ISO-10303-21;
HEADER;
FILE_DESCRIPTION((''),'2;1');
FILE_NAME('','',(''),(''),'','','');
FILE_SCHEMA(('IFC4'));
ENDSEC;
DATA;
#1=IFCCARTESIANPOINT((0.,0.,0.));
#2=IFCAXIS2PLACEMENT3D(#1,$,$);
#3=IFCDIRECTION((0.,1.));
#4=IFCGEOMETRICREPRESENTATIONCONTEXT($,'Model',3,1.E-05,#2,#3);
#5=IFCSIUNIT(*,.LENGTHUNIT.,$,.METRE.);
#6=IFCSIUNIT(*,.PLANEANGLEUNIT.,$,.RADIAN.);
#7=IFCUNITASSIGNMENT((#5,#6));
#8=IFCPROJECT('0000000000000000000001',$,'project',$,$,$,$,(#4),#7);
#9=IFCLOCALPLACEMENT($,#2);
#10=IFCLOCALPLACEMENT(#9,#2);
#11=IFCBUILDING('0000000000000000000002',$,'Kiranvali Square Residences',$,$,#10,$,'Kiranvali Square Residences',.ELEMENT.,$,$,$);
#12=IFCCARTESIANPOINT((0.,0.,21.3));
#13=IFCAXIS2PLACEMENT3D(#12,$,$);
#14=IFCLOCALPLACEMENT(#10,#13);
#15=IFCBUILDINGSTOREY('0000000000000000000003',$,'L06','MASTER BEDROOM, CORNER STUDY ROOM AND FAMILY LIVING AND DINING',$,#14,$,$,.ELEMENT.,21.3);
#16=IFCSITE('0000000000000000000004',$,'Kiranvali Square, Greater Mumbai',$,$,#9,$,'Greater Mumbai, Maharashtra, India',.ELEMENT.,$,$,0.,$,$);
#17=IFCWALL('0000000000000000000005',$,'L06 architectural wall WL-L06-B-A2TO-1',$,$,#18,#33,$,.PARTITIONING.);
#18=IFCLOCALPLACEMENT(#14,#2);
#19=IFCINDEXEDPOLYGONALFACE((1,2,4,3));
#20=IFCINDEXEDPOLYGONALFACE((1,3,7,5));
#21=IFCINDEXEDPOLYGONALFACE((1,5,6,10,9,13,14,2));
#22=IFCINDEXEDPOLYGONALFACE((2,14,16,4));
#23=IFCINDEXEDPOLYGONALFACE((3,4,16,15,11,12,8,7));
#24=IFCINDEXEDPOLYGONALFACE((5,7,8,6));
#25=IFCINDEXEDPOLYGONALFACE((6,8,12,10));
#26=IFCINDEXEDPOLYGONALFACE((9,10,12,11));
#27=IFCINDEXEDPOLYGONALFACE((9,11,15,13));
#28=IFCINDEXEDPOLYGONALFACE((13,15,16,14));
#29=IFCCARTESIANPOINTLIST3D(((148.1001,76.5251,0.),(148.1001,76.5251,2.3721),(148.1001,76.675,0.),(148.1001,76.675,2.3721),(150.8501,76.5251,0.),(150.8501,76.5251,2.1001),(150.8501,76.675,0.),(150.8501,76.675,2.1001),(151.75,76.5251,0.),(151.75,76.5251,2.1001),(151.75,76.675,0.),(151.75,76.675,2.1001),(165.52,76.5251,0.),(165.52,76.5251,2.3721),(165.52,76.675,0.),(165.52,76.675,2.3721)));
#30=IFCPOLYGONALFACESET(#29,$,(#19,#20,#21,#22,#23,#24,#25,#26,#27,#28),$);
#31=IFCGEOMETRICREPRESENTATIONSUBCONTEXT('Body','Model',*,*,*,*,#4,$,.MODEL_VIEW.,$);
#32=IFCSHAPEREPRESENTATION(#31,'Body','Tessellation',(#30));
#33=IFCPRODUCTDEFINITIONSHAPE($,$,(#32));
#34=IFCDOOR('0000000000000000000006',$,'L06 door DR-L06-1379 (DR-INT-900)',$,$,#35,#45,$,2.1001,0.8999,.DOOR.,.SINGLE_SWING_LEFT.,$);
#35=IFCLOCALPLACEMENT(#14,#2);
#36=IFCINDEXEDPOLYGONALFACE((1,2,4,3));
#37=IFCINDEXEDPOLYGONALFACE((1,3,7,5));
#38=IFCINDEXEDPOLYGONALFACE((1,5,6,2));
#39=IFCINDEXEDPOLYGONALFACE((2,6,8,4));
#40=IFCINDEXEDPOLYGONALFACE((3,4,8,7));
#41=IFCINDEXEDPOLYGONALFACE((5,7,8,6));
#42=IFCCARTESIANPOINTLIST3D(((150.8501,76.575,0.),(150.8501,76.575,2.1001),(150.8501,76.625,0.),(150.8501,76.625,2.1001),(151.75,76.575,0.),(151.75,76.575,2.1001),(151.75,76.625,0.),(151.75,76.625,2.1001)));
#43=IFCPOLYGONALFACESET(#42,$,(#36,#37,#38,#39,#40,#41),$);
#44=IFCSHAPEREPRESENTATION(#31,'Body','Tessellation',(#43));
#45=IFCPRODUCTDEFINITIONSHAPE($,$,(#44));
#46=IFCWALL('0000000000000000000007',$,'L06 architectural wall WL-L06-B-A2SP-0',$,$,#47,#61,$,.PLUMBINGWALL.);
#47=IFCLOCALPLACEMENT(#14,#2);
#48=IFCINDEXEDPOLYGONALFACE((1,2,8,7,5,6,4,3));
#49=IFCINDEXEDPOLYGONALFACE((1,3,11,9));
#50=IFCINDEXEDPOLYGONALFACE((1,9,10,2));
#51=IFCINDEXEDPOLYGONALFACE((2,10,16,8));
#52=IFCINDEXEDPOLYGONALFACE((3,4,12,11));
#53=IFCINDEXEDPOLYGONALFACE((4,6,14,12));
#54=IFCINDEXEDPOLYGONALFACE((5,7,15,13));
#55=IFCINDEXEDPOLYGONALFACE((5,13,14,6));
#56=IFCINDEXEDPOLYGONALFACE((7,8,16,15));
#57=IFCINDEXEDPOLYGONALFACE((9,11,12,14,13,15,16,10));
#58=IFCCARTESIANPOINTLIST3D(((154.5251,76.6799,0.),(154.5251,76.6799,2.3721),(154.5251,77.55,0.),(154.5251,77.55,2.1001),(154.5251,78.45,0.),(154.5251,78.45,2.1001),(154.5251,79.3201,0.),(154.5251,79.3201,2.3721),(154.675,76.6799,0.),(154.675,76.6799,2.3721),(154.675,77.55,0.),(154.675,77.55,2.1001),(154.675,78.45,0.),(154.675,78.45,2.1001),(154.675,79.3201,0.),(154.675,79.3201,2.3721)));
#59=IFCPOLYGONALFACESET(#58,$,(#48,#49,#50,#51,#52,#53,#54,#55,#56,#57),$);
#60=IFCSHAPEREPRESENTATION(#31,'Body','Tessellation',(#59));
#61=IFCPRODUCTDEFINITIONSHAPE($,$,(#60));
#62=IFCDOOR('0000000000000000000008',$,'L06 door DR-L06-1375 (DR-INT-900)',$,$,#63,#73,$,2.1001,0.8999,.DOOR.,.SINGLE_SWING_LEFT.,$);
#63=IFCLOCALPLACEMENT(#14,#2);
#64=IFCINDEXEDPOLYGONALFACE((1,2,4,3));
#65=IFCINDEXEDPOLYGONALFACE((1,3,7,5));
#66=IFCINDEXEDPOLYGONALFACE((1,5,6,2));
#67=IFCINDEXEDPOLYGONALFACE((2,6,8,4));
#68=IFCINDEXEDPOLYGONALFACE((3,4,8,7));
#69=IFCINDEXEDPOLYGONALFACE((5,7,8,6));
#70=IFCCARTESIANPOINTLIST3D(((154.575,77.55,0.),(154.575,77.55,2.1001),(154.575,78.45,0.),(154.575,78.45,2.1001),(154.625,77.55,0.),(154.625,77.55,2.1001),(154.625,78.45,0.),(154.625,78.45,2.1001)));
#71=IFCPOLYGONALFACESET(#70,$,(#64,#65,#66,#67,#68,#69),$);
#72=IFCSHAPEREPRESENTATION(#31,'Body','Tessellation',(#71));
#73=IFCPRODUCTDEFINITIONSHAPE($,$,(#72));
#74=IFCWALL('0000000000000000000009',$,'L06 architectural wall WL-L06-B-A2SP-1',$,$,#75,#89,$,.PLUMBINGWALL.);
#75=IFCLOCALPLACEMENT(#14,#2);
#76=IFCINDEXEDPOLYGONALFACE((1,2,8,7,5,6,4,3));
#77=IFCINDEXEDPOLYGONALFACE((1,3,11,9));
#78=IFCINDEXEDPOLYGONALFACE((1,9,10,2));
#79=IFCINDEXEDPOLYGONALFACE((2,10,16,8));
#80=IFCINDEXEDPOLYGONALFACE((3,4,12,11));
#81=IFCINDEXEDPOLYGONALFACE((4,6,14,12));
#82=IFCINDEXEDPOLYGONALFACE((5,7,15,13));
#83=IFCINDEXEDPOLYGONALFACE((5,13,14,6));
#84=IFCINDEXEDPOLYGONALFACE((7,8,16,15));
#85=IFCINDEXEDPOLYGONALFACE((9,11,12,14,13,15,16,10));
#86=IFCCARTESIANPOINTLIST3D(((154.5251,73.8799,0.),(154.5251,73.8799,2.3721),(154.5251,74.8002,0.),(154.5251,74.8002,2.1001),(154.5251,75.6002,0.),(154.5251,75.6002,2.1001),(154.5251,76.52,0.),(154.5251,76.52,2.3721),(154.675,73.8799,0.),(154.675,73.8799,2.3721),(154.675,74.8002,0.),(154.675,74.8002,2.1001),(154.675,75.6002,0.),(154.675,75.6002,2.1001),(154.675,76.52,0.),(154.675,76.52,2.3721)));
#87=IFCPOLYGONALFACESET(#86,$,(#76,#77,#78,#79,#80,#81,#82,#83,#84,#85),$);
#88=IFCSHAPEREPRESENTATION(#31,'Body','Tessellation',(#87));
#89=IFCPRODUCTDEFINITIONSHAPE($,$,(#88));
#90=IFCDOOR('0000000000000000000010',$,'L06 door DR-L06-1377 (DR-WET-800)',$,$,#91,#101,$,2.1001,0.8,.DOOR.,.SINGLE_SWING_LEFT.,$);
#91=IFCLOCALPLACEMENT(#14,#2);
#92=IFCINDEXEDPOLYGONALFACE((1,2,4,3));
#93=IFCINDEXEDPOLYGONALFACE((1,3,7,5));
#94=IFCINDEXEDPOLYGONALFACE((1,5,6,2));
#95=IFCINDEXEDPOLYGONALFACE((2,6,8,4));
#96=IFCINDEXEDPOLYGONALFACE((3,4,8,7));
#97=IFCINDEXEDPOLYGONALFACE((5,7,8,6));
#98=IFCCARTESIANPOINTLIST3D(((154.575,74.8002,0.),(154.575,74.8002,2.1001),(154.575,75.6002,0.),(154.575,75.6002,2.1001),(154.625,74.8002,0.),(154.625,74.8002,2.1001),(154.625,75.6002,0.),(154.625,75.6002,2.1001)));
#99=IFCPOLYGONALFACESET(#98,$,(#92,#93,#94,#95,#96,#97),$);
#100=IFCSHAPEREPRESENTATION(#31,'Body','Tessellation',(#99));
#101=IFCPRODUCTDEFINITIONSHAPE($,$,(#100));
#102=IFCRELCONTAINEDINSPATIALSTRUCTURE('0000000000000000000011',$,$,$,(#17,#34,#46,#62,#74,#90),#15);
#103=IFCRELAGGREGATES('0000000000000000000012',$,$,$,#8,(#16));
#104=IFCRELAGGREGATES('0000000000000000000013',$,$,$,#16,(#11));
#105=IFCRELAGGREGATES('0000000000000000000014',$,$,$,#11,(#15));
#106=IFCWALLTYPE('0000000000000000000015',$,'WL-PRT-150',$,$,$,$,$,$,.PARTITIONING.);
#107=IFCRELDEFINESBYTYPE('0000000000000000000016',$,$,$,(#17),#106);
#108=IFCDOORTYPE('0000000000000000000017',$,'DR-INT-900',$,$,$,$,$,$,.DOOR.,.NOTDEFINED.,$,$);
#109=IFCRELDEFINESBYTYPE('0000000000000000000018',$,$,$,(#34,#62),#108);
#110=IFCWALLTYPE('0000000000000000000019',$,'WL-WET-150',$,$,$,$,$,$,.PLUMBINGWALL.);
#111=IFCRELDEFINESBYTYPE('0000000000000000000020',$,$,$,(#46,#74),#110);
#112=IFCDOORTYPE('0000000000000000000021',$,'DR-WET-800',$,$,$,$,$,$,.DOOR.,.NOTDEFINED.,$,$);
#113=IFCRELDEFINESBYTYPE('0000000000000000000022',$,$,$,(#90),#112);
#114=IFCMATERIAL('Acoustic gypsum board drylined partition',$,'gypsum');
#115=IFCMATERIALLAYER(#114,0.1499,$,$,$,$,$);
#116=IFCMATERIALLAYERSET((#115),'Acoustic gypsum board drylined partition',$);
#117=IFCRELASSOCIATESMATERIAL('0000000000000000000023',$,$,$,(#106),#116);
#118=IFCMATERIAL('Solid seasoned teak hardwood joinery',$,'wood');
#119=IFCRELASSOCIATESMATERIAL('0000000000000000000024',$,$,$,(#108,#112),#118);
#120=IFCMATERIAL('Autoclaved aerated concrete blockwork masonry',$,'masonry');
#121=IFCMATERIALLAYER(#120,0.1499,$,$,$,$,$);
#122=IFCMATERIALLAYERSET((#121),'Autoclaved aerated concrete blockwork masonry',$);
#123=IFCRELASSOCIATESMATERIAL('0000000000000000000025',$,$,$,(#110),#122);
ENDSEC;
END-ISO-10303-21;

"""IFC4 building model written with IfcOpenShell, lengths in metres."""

from ifc_helpers import new_model, si_unit, direction, frame, frame_2d, origin, place, context, subcontext, project, spatial, rectangle, extrude, material, layer, layer_set, type_object, element, fill, save


model = new_model("IFC4")

# Units and contexts
model_context = context("Model", 3, precision=1e-05, world=origin(), true_north=direction((0.0, 1.0)))
body_context = subcontext(model_context, "Body", "Model", "MODEL_VIEW")
ifc_project = project(units=[si_unit("LENGTHUNIT", "METRE"), si_unit("PLANEANGLEUNIT", "RADIAN")], contexts=[model_context])

# Site, building, storey
site_placement = place(None, origin())
site = spatial("IfcSite", under=ifc_project, at=site_placement, Name="Kiranvali Square, Greater Mumbai", LongName="Greater Mumbai, Maharashtra, India", CompositionType="ELEMENT", RefElevation=0.0)
building_placement = place(site_placement, origin())
building = spatial("IfcBuilding", under=site, at=building_placement, Name="Kiranvali Square Residences", LongName="Kiranvali Square Residences", CompositionType="ELEMENT")
storey_placement = place(building_placement, frame((0.0, 0.0, 21.3)))
storey = spatial("IfcBuildingStorey", under=building, at=storey_placement, Name="L06", Description="MASTER BEDROOM, CORNER STUDY ROOM AND FAMILY LIVING AND DINING", CompositionType="ELEMENT", Elevation=21.3)

# Shared definitions
ifc_material_1 = material(Name="Autoclaved aerated concrete blockwork masonry", Category="masonry")

# Walls, openings, doors
ifc_material_2 = material(Name="Acoustic gypsum board drylined partition", Category="gypsum")
ifc_layer_1 = layer(ifc_material_2, 0.1499)
ifc_layer_set_1 = layer_set([ifc_layer_1], Name="Acoustic gypsum board drylined partition")
wall_type_1 = type_object("IfcWallType", Name="WL-PRT-150", PredefinedType="PARTITIONING", material=ifc_layer_set_1)
wall_1_placement = place(storey_placement, frame((148.1001, 76.6001, 0.0), z_axis=(0.0, 0.0, 1.0), x_axis=(1.0, 0.0, 0.0)))
wall_1 = element("IfcWall", 1, at=wall_1_placement, inside=storey, type_object=wall_type_1, Name="L06 architectural wall WL-L06-B-A2TO-1", PredefinedType="PARTITIONING", context=body_context, shape_type="SweptSolid", body=[
    extrude(rectangle(XDim=17.4199, YDim=0.1499, at=frame_2d((8.71, 0.0))), origin(), (0.0, 0.0, 1.0), 2.3721),
])
opening_1_placement = place(wall_1_placement, frame((2.75, 0.0, 0.0)))
opening_1 = element("IfcOpeningElement", 2, at=opening_1_placement, cuts=wall_1, PredefinedType="OPENING", context=body_context, shape_type="SweptSolid", body=[
    extrude(rectangle(XDim=0.8999, YDim=2.1001, at=frame_2d((0.45, 1.05))), frame((0.0, 0.085, 0.0), z_axis=(0.0, -1.0, 0.0), x_axis=(1.0, 0.0, 0.0)), (0.0, 0.0, 1.0), 0.1699),
])
ifc_material_3 = material(Name="Solid seasoned teak hardwood joinery", Category="wood")
door_type_1 = type_object("IfcDoorType", Name="DR-INT-900", OperationType="NOTDEFINED", PredefinedType="DOOR", material=ifc_material_3)
door_1_placement = place(opening_1_placement, origin())
door_1 = element("IfcDoor", 3, at=door_1_placement, inside=storey, type_object=door_type_1, Name="L06 door DR-L06-1379 (DR-INT-900)", OperationType="SINGLE_SWING_LEFT", OverallHeight=2.1001, OverallWidth=0.8999, PredefinedType="DOOR", context=body_context, shape_type="SweptSolid", body=[
    extrude(rectangle(XDim=0.8999, YDim=2.1001, at=frame_2d((0.45, 1.05))), frame((0.0, 0.0249, 0.0), z_axis=(0.0, -1.0, 0.0), x_axis=(1.0, 0.0, 0.0)), (0.0, 0.0, 1.0), 0.05),
])
fill(opening_1, door_1)
ifc_layer_2 = layer(ifc_material_1, 0.1499)
ifc_layer_set_2 = layer_set([ifc_layer_2], Name="Autoclaved aerated concrete blockwork masonry")
wall_type_2 = type_object("IfcWallType", Name="WL-WET-150", PredefinedType="PLUMBINGWALL", material=ifc_layer_set_2)
wall_2_placement = place(storey_placement, frame((154.6001, 79.3201, 0.0), z_axis=(0.0, 0.0, 1.0), x_axis=(0.0, -1.0, 0.0)))
wall_2 = element("IfcWall", 4, at=wall_2_placement, inside=storey, type_object=wall_type_2, Name="L06 architectural wall WL-L06-B-A2SP-0", PredefinedType="PLUMBINGWALL", context=body_context, shape_type="SweptSolid", body=[
    extrude(rectangle(XDim=2.6401, YDim=0.1499, at=frame_2d((1.3201, 0.0))), origin(), (0.0, 0.0, 1.0), 2.3721),
])
opening_2_placement = place(wall_2_placement, frame((0.8701, 0.0, 0.0)))
opening_2 = element("IfcOpeningElement", 5, at=opening_2_placement, cuts=wall_2, PredefinedType="OPENING", context=body_context, shape_type="SweptSolid", body=[
    extrude(rectangle(XDim=0.8999, YDim=2.1001, at=frame_2d((0.45, 1.05))), frame((0.0, 0.085, 0.0), z_axis=(0.0, -1.0, 0.0), x_axis=(1.0, 0.0, 0.0)), (0.0, 0.0, 1.0), 0.1699),
])
door_2_placement = place(opening_2_placement, origin())
door_2 = element("IfcDoor", 6, at=door_2_placement, inside=storey, type_object=door_type_1, Name="L06 door DR-L06-1375 (DR-INT-900)", OperationType="SINGLE_SWING_LEFT", OverallHeight=2.1001, OverallWidth=0.8999, PredefinedType="DOOR", context=body_context, shape_type="SweptSolid", body=[
    extrude(rectangle(XDim=0.8999, YDim=2.1001, at=frame_2d((0.45, 1.05))), frame((0.0, 0.0249, 0.0), z_axis=(0.0, -1.0, 0.0), x_axis=(1.0, 0.0, 0.0)), (0.0, 0.0, 1.0), 0.05),
])
fill(opening_2, door_2)
wall_3_placement = place(storey_placement, frame((154.6001, 76.52, 0.0), z_axis=(0.0, 0.0, 1.0), x_axis=(0.0, -1.0, 0.0)))
wall_3 = element("IfcWall", 7, at=wall_3_placement, inside=storey, type_object=wall_type_2, Name="L06 architectural wall WL-L06-B-A2SP-1", PredefinedType="PLUMBINGWALL", context=body_context, shape_type="SweptSolid", body=[
    extrude(rectangle(XDim=2.6401, YDim=0.1499, at=frame_2d((1.3201, 0.0))), origin(), (0.0, 0.0, 1.0), 2.3721),
])
opening_3_placement = place(wall_3_placement, frame((0.9199, 0.0, 0.0)))
opening_3 = element("IfcOpeningElement", 8, at=opening_3_placement, cuts=wall_3, PredefinedType="OPENING", context=body_context, shape_type="SweptSolid", body=[
    extrude(rectangle(XDim=0.8, YDim=2.1001, at=frame_2d((0.3999, 1.05))), frame((0.0, 0.085, 0.0), z_axis=(0.0, -1.0, 0.0), x_axis=(1.0, 0.0, 0.0)), (0.0, 0.0, 1.0), 0.1699),
])
door_type_2 = type_object("IfcDoorType", Name="DR-WET-800", OperationType="NOTDEFINED", PredefinedType="DOOR", material=ifc_material_3)
door_3_placement = place(opening_3_placement, origin())
door_3 = element("IfcDoor", 9, at=door_3_placement, inside=storey, type_object=door_type_2, Name="L06 door DR-L06-1377 (DR-WET-800)", OperationType="SINGLE_SWING_LEFT", OverallHeight=2.1001, OverallWidth=0.8, PredefinedType="DOOR", context=body_context, shape_type="SweptSolid", body=[
    extrude(rectangle(XDim=0.8, YDim=2.1001, at=frame_2d((0.3999, 1.05))), frame((0.0, 0.0249, 0.0), z_axis=(0.0, -1.0, 0.0), x_axis=(1.0, 0.0, 0.0)), (0.0, 0.0, 1.0), 0.05),
])
fill(opening_3, door_3)

save(model, "model.ifc")
